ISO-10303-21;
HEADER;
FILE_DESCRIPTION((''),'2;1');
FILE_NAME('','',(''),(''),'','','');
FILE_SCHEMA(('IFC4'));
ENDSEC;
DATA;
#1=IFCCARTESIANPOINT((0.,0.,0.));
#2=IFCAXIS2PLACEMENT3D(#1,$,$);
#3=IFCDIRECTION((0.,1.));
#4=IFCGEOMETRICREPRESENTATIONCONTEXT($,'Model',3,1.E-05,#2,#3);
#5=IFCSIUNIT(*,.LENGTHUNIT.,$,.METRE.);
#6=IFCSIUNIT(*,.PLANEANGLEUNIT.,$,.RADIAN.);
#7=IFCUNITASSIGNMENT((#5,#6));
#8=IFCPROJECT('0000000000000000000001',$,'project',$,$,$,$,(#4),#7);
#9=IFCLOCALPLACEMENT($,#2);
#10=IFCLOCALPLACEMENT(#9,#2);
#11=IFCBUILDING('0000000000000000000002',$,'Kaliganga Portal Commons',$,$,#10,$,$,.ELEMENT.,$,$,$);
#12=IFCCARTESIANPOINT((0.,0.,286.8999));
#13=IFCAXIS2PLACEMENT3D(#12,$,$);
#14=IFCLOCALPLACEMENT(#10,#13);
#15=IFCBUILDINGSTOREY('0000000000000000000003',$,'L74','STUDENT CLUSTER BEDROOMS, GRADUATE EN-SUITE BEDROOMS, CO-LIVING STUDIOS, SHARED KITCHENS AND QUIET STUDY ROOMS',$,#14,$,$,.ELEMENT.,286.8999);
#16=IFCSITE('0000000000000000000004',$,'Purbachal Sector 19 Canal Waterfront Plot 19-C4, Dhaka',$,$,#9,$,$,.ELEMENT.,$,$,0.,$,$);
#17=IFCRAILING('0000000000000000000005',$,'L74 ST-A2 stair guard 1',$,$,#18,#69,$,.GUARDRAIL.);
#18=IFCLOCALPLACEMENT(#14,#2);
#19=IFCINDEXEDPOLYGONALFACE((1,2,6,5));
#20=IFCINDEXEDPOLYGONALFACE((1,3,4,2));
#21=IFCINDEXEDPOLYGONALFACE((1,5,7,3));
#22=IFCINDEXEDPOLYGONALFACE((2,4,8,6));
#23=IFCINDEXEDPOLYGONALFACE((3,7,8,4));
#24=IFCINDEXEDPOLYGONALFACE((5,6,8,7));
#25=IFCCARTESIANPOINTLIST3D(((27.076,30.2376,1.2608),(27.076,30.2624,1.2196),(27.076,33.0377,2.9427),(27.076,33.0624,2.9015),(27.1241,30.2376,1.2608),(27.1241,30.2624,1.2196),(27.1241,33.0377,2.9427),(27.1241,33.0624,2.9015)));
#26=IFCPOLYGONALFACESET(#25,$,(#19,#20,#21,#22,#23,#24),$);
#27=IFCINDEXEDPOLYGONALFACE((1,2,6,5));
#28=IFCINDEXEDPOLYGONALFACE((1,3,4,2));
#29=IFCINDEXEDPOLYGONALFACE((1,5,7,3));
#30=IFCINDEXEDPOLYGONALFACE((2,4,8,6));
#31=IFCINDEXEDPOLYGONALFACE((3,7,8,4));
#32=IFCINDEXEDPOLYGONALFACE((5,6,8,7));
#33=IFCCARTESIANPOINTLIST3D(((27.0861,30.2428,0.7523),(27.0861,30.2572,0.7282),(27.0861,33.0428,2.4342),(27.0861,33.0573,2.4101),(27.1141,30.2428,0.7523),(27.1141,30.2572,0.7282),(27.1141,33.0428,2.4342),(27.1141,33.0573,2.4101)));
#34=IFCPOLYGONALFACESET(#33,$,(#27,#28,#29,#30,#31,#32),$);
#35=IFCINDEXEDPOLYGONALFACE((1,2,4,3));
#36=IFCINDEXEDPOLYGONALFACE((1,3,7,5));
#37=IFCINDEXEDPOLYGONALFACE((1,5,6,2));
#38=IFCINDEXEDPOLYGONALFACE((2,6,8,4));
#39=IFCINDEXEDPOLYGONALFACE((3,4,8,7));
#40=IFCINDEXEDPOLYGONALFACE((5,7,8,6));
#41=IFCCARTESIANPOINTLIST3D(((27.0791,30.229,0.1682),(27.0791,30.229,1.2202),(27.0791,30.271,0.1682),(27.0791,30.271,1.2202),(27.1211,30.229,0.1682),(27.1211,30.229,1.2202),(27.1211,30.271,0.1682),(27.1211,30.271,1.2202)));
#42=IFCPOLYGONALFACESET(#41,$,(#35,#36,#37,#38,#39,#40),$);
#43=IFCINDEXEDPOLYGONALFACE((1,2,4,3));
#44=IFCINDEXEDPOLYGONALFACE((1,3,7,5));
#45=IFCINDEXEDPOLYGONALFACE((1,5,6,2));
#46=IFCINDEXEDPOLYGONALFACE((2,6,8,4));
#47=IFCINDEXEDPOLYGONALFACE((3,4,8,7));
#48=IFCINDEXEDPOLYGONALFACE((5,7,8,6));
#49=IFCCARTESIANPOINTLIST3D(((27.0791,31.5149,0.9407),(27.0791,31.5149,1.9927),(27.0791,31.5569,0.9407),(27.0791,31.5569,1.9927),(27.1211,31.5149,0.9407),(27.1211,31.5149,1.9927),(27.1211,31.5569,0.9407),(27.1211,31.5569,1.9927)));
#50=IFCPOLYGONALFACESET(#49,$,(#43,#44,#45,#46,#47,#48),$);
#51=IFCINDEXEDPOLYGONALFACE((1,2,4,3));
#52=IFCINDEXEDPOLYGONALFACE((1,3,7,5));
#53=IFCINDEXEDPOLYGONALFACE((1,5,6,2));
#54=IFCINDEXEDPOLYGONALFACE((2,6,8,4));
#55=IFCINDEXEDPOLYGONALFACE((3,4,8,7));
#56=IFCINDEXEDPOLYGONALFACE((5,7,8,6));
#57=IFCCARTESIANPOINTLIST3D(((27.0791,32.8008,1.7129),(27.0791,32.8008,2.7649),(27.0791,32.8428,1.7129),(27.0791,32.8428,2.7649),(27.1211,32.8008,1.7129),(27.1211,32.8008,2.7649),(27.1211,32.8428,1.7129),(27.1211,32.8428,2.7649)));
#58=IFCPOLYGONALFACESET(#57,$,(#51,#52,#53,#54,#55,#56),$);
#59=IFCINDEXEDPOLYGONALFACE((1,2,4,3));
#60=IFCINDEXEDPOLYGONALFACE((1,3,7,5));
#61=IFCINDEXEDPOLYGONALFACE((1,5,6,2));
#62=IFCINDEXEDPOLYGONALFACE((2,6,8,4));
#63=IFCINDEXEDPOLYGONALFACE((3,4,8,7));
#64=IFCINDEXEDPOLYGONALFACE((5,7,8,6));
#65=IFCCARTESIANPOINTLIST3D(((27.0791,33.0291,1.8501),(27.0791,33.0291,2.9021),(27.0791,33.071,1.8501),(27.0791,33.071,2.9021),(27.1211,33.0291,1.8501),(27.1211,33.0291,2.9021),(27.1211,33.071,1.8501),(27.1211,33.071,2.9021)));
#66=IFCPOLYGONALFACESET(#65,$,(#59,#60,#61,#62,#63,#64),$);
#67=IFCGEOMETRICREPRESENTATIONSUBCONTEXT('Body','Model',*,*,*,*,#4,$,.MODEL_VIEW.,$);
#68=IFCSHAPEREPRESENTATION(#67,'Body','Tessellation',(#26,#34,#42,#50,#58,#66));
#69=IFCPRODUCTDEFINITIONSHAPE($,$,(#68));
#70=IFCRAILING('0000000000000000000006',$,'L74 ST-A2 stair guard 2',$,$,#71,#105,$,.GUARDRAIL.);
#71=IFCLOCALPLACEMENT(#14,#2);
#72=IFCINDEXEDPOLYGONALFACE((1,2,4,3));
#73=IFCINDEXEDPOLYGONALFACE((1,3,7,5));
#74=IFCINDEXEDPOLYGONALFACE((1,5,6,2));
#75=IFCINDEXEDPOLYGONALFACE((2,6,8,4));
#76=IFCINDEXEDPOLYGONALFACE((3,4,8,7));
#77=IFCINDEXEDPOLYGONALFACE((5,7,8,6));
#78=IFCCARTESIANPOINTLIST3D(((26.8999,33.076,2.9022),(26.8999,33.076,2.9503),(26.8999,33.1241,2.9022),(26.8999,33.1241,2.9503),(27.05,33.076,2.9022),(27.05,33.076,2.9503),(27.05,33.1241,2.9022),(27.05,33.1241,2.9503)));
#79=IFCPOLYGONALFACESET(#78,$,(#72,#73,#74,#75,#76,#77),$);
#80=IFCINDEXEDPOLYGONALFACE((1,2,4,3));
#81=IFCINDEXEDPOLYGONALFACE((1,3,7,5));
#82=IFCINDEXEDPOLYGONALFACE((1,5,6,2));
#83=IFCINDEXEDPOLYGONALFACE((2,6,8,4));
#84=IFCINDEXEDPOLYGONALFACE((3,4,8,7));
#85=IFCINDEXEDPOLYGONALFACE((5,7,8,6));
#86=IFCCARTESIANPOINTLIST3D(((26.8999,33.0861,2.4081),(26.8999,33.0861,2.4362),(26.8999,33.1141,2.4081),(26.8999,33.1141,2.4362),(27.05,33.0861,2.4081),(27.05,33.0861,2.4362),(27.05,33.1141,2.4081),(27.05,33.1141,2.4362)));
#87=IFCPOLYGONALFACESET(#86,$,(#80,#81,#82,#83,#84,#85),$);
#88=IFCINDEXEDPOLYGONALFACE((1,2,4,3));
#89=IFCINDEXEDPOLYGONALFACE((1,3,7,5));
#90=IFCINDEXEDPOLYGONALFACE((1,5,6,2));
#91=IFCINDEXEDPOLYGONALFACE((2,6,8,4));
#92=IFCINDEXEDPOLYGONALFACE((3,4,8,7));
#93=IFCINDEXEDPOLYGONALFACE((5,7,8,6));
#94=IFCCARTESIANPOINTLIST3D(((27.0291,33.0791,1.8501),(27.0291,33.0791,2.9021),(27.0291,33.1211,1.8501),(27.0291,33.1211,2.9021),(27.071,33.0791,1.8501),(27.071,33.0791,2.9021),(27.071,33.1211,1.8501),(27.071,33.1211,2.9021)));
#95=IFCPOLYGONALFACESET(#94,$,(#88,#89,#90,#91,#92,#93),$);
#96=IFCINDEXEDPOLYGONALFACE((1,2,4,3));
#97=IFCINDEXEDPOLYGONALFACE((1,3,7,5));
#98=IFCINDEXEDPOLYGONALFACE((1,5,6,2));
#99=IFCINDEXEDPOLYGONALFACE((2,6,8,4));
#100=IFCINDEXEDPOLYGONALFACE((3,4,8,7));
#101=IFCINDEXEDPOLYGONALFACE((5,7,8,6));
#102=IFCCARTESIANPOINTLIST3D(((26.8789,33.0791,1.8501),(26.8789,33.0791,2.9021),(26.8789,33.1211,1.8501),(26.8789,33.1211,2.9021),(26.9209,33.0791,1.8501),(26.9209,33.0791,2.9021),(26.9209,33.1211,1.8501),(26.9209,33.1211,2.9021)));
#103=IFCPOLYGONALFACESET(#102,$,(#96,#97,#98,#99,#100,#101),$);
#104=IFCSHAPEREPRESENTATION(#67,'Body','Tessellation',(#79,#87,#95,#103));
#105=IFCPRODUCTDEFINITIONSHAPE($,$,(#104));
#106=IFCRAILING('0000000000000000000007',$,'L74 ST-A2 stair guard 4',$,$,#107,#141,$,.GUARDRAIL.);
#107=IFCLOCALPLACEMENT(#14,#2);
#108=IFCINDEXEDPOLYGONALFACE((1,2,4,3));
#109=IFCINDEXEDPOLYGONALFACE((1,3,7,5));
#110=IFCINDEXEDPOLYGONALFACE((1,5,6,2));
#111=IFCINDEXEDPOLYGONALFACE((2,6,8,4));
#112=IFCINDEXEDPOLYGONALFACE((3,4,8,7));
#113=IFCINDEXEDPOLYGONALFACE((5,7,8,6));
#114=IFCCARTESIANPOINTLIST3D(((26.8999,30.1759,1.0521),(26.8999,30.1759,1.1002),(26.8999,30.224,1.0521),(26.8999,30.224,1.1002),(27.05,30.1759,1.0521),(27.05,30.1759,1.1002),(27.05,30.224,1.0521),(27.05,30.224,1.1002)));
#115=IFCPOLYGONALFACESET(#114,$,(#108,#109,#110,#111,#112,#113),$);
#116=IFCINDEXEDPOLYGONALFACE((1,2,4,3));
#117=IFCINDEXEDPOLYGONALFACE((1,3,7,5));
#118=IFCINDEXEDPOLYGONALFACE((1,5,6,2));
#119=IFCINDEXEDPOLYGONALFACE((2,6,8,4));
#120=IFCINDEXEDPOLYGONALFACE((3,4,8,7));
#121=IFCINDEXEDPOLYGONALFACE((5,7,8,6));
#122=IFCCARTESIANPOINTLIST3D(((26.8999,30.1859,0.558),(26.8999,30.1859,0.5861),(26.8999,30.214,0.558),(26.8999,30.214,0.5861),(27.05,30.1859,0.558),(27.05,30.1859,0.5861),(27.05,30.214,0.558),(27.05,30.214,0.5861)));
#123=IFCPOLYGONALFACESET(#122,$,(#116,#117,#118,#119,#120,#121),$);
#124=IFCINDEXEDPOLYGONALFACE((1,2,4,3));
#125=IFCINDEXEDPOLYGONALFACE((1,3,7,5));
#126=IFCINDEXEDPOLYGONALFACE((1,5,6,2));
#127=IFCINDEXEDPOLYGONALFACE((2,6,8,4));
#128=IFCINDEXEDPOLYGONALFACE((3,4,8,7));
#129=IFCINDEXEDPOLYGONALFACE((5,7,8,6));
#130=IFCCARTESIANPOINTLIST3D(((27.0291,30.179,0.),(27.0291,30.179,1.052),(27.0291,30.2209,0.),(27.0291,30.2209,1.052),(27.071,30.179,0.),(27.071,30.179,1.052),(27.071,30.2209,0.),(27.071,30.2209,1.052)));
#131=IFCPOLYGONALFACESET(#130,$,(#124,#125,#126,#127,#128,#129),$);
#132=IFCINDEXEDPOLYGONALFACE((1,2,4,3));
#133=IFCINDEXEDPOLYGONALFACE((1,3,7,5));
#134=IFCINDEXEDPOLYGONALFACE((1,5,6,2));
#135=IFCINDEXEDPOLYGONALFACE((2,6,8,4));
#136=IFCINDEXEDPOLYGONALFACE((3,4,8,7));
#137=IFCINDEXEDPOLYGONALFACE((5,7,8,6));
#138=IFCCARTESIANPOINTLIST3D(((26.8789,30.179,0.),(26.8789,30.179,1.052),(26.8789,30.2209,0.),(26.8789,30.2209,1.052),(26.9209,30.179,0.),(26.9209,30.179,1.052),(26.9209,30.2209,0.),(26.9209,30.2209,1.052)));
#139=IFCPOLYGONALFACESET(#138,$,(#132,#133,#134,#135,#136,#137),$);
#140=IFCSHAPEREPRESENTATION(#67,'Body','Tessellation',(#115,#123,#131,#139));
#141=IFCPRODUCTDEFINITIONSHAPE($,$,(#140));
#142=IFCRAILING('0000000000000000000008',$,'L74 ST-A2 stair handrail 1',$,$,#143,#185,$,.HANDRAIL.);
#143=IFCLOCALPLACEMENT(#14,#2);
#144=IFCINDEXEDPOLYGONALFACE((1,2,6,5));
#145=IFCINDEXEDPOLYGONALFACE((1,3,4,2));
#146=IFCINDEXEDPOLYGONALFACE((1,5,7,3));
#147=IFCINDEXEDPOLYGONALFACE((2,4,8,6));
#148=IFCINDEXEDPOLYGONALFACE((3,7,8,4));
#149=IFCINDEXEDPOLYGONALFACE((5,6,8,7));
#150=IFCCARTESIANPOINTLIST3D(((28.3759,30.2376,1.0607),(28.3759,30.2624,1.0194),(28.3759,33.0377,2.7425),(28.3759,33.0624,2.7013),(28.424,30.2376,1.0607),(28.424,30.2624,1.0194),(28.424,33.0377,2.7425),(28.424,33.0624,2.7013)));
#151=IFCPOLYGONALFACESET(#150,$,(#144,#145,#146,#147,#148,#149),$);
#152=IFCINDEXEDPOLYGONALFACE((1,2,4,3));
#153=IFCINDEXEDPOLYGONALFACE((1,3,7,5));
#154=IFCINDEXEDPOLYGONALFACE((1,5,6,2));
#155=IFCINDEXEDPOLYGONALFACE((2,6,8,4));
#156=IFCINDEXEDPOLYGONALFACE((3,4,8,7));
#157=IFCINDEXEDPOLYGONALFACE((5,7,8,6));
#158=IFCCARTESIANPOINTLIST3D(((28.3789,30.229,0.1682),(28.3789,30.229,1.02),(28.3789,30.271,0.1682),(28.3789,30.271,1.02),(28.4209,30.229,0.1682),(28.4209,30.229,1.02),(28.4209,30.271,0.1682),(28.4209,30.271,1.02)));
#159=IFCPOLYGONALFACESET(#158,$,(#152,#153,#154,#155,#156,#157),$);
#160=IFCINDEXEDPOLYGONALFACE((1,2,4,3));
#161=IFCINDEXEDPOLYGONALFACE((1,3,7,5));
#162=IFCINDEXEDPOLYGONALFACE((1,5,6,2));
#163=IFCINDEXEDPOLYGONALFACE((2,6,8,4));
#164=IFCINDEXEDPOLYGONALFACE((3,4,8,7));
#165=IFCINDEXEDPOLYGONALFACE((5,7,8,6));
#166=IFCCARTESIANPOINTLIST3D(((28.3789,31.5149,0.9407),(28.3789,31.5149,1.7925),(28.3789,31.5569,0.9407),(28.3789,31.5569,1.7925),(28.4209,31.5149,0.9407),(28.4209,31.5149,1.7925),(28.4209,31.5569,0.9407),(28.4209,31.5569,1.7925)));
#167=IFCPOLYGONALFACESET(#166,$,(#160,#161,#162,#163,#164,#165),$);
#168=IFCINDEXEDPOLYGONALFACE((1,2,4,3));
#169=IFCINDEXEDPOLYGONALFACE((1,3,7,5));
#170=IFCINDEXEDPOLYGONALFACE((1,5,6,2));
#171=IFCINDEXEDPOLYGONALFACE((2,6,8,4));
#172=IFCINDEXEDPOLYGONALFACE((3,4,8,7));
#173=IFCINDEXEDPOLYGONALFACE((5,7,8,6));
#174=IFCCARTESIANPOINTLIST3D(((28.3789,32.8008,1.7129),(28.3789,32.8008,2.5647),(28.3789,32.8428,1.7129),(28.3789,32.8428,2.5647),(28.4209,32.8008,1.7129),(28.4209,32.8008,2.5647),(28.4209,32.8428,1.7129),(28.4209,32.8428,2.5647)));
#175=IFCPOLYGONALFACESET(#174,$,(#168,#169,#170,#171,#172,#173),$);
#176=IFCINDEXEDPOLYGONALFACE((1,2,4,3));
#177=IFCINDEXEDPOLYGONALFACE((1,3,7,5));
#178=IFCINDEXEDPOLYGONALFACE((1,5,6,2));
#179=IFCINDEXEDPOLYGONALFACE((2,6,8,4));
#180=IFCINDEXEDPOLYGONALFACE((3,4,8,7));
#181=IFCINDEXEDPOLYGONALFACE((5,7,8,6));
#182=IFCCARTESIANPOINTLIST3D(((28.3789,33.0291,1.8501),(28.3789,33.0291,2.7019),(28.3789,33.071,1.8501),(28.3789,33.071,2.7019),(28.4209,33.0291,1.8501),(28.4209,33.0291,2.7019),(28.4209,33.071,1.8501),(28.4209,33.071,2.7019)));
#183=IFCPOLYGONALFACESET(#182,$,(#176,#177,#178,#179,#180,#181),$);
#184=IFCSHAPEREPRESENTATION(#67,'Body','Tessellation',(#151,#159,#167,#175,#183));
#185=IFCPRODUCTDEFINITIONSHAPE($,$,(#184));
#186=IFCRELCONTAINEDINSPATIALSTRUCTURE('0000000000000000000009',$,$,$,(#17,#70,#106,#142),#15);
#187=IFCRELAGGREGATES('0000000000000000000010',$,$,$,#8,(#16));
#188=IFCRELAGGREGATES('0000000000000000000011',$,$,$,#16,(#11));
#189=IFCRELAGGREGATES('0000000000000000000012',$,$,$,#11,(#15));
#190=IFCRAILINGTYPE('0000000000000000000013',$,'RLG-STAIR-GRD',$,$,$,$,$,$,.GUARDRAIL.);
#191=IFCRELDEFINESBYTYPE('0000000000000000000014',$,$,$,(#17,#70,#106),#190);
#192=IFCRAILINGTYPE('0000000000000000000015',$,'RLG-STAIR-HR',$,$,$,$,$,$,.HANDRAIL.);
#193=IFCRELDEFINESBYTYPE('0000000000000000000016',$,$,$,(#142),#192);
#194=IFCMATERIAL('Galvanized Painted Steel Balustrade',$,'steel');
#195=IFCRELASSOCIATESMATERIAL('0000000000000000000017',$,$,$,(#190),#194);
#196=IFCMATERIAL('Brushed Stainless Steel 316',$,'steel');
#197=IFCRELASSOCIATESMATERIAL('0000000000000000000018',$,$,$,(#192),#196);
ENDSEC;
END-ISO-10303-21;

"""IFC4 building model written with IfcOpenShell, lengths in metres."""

from ifc_helpers import new_model, si_unit, direction, frame, origin, origin_2d, place, context, subcontext, project, spatial, rectangle, extrude, material, type_object, element, save


model = new_model("IFC4")

# Units and contexts
model_context = context("Model", 3, precision=1e-05, world=origin(), true_north=direction((0.0, 1.0)))
body_context = subcontext(model_context, "Body", "Model", "MODEL_VIEW")
ifc_project = project(units=[si_unit("LENGTHUNIT", "METRE"), si_unit("PLANEANGLEUNIT", "RADIAN")], contexts=[model_context])

# Site, building, storey
site_placement = place(None, origin())
site = spatial("IfcSite", under=ifc_project, at=site_placement, Name="Purbachal Sector 19 Canal Waterfront Plot 19-C4, Dhaka", CompositionType="ELEMENT", RefElevation=0.0)
building_placement = place(site_placement, origin())
building = spatial("IfcBuilding", under=site, at=building_placement, Name="Kaliganga Portal Commons", CompositionType="ELEMENT")
storey_placement = place(building_placement, frame((0.0, 0.0, 286.8999)))
storey = spatial("IfcBuildingStorey", under=building, at=storey_placement, Name="L74", Description="STUDENT CLUSTER BEDROOMS, GRADUATE EN-SUITE BEDROOMS, CO-LIVING STUDIOS, SHARED KITCHENS AND QUIET STUDY ROOMS", CompositionType="ELEMENT", Elevation=286.8999)

# Railings
ifc_material_1 = material(Name="Galvanized Painted Steel Balustrade", Category="steel")
railing_type_1 = type_object("IfcRailingType", Name="RLG-STAIR-GRD", PredefinedType="GUARDRAIL", material=ifc_material_1)
railing_1_placement = place(storey_placement, frame((27.1001, 30.25, 0.1682)))
element("IfcRailing", 1, at=railing_1_placement, inside=storey, type_object=railing_type_1, Name="L74 ST-A2 stair guard 1", PredefinedType="GUARDRAIL", context=body_context, shape_type="SweptSolid", body=[
    extrude(rectangle(XDim=0.0481, YDim=0.0481, at=origin_2d()), frame((0.0, 0.0, 1.072), z_axis=(0.0, 0.857242, 0.514913), x_axis=(-1.0, 0.0, 0.0)), (0.0, 0.0, 1.0), 3.2664),
    extrude(rectangle(XDim=0.0281, YDim=0.0281, at=origin_2d()), frame((0.0, 0.0, 0.572), z_axis=(0.0, 0.857242, 0.514913), x_axis=(-1.0, 0.0, 0.0)), (0.0, 0.0, 1.0), 3.2664),
    extrude(rectangle(XDim=0.042, YDim=0.042, at=origin_2d()), origin(), (0.0, 0.0, 1.0), 1.052),
    extrude(rectangle(XDim=0.042, YDim=0.042, at=origin_2d()), frame((0.0, 1.2859, 0.7725)), (0.0, 0.0, 1.0), 1.052),
    extrude(rectangle(XDim=0.042, YDim=0.042, at=origin_2d()), frame((0.0, 2.5718, 1.5447)), (0.0, 0.0, 1.0), 1.052),
    extrude(rectangle(XDim=0.042, YDim=0.042, at=origin_2d()), frame((0.0, 2.8, 1.6819)), (0.0, 0.0, 1.0), 1.052),
])
for number, where, name in (
    (2, (27.05, 33.1001, 1.8501), "L74 ST-A2 stair guard 2"),
    (3, (27.05, 30.2, 0.0), "L74 ST-A2 stair guard 4"),
):
    element("IfcRailing", number, at=place(storey_placement, frame(where)), inside=storey, type_object=railing_type_1, Name=name, PredefinedType="GUARDRAIL", context=body_context, shape_type="SweptSolid", body=[
        extrude(rectangle(XDim=0.0481, YDim=0.0481, at=origin_2d()), frame((0.0, 0.0, 1.0762), z_axis=(-1.0, 0.0, 0.0), x_axis=(0.0, -1.0, 0.0)), (0.0, 0.0, 1.0), 0.1501),
        extrude(rectangle(XDim=0.0281, YDim=0.0281, at=origin_2d()), frame((0.0, 0.0, 0.572), z_axis=(-1.0, 0.0, 0.0), x_axis=(0.0, -1.0, 0.0)), (0.0, 0.0, 1.0), 0.1501),
        extrude(rectangle(XDim=0.042, YDim=0.042, at=origin_2d()), origin(), (0.0, 0.0, 1.0), 1.052),
        extrude(rectangle(XDim=0.042, YDim=0.042, at=origin_2d()), frame((-0.1501, 0.0, 0.0)), (0.0, 0.0, 1.0), 1.052),
    ])
ifc_material_2 = material(Name="Brushed Stainless Steel 316", Category="steel")
railing_type_2 = type_object("IfcRailingType", Name="RLG-STAIR-HR", PredefinedType="HANDRAIL", material=ifc_material_2)
railing_2_placement = place(storey_placement, frame((28.3999, 30.25, 0.1682)))
element("IfcRailing", 4, at=railing_2_placement, inside=storey, type_object=railing_type_2, Name="L74 ST-A2 stair handrail 1", PredefinedType="HANDRAIL", context=body_context, shape_type="SweptSolid", body=[
    extrude(rectangle(XDim=0.0481, YDim=0.0481, at=origin_2d()), frame((0.0, 0.0, 0.8718), z_axis=(0.0, 0.857242, 0.514913), x_axis=(-1.0, 0.0, 0.0)), (0.0, 0.0, 1.0), 3.2664),
    extrude(rectangle(XDim=0.042, YDim=0.042, at=origin_2d()), origin(), (0.0, 0.0, 1.0), 0.8518),
    extrude(rectangle(XDim=0.042, YDim=0.042, at=origin_2d()), frame((0.0, 1.2859, 0.7725)), (0.0, 0.0, 1.0), 0.8518),
    extrude(rectangle(XDim=0.042, YDim=0.042, at=origin_2d()), frame((0.0, 2.5718, 1.5447)), (0.0, 0.0, 1.0), 0.8518),
    extrude(rectangle(XDim=0.042, YDim=0.042, at=origin_2d()), frame((0.0, 2.8, 1.6819)), (0.0, 0.0, 1.0), 0.8518),
])

save(model, "model.ifc")
